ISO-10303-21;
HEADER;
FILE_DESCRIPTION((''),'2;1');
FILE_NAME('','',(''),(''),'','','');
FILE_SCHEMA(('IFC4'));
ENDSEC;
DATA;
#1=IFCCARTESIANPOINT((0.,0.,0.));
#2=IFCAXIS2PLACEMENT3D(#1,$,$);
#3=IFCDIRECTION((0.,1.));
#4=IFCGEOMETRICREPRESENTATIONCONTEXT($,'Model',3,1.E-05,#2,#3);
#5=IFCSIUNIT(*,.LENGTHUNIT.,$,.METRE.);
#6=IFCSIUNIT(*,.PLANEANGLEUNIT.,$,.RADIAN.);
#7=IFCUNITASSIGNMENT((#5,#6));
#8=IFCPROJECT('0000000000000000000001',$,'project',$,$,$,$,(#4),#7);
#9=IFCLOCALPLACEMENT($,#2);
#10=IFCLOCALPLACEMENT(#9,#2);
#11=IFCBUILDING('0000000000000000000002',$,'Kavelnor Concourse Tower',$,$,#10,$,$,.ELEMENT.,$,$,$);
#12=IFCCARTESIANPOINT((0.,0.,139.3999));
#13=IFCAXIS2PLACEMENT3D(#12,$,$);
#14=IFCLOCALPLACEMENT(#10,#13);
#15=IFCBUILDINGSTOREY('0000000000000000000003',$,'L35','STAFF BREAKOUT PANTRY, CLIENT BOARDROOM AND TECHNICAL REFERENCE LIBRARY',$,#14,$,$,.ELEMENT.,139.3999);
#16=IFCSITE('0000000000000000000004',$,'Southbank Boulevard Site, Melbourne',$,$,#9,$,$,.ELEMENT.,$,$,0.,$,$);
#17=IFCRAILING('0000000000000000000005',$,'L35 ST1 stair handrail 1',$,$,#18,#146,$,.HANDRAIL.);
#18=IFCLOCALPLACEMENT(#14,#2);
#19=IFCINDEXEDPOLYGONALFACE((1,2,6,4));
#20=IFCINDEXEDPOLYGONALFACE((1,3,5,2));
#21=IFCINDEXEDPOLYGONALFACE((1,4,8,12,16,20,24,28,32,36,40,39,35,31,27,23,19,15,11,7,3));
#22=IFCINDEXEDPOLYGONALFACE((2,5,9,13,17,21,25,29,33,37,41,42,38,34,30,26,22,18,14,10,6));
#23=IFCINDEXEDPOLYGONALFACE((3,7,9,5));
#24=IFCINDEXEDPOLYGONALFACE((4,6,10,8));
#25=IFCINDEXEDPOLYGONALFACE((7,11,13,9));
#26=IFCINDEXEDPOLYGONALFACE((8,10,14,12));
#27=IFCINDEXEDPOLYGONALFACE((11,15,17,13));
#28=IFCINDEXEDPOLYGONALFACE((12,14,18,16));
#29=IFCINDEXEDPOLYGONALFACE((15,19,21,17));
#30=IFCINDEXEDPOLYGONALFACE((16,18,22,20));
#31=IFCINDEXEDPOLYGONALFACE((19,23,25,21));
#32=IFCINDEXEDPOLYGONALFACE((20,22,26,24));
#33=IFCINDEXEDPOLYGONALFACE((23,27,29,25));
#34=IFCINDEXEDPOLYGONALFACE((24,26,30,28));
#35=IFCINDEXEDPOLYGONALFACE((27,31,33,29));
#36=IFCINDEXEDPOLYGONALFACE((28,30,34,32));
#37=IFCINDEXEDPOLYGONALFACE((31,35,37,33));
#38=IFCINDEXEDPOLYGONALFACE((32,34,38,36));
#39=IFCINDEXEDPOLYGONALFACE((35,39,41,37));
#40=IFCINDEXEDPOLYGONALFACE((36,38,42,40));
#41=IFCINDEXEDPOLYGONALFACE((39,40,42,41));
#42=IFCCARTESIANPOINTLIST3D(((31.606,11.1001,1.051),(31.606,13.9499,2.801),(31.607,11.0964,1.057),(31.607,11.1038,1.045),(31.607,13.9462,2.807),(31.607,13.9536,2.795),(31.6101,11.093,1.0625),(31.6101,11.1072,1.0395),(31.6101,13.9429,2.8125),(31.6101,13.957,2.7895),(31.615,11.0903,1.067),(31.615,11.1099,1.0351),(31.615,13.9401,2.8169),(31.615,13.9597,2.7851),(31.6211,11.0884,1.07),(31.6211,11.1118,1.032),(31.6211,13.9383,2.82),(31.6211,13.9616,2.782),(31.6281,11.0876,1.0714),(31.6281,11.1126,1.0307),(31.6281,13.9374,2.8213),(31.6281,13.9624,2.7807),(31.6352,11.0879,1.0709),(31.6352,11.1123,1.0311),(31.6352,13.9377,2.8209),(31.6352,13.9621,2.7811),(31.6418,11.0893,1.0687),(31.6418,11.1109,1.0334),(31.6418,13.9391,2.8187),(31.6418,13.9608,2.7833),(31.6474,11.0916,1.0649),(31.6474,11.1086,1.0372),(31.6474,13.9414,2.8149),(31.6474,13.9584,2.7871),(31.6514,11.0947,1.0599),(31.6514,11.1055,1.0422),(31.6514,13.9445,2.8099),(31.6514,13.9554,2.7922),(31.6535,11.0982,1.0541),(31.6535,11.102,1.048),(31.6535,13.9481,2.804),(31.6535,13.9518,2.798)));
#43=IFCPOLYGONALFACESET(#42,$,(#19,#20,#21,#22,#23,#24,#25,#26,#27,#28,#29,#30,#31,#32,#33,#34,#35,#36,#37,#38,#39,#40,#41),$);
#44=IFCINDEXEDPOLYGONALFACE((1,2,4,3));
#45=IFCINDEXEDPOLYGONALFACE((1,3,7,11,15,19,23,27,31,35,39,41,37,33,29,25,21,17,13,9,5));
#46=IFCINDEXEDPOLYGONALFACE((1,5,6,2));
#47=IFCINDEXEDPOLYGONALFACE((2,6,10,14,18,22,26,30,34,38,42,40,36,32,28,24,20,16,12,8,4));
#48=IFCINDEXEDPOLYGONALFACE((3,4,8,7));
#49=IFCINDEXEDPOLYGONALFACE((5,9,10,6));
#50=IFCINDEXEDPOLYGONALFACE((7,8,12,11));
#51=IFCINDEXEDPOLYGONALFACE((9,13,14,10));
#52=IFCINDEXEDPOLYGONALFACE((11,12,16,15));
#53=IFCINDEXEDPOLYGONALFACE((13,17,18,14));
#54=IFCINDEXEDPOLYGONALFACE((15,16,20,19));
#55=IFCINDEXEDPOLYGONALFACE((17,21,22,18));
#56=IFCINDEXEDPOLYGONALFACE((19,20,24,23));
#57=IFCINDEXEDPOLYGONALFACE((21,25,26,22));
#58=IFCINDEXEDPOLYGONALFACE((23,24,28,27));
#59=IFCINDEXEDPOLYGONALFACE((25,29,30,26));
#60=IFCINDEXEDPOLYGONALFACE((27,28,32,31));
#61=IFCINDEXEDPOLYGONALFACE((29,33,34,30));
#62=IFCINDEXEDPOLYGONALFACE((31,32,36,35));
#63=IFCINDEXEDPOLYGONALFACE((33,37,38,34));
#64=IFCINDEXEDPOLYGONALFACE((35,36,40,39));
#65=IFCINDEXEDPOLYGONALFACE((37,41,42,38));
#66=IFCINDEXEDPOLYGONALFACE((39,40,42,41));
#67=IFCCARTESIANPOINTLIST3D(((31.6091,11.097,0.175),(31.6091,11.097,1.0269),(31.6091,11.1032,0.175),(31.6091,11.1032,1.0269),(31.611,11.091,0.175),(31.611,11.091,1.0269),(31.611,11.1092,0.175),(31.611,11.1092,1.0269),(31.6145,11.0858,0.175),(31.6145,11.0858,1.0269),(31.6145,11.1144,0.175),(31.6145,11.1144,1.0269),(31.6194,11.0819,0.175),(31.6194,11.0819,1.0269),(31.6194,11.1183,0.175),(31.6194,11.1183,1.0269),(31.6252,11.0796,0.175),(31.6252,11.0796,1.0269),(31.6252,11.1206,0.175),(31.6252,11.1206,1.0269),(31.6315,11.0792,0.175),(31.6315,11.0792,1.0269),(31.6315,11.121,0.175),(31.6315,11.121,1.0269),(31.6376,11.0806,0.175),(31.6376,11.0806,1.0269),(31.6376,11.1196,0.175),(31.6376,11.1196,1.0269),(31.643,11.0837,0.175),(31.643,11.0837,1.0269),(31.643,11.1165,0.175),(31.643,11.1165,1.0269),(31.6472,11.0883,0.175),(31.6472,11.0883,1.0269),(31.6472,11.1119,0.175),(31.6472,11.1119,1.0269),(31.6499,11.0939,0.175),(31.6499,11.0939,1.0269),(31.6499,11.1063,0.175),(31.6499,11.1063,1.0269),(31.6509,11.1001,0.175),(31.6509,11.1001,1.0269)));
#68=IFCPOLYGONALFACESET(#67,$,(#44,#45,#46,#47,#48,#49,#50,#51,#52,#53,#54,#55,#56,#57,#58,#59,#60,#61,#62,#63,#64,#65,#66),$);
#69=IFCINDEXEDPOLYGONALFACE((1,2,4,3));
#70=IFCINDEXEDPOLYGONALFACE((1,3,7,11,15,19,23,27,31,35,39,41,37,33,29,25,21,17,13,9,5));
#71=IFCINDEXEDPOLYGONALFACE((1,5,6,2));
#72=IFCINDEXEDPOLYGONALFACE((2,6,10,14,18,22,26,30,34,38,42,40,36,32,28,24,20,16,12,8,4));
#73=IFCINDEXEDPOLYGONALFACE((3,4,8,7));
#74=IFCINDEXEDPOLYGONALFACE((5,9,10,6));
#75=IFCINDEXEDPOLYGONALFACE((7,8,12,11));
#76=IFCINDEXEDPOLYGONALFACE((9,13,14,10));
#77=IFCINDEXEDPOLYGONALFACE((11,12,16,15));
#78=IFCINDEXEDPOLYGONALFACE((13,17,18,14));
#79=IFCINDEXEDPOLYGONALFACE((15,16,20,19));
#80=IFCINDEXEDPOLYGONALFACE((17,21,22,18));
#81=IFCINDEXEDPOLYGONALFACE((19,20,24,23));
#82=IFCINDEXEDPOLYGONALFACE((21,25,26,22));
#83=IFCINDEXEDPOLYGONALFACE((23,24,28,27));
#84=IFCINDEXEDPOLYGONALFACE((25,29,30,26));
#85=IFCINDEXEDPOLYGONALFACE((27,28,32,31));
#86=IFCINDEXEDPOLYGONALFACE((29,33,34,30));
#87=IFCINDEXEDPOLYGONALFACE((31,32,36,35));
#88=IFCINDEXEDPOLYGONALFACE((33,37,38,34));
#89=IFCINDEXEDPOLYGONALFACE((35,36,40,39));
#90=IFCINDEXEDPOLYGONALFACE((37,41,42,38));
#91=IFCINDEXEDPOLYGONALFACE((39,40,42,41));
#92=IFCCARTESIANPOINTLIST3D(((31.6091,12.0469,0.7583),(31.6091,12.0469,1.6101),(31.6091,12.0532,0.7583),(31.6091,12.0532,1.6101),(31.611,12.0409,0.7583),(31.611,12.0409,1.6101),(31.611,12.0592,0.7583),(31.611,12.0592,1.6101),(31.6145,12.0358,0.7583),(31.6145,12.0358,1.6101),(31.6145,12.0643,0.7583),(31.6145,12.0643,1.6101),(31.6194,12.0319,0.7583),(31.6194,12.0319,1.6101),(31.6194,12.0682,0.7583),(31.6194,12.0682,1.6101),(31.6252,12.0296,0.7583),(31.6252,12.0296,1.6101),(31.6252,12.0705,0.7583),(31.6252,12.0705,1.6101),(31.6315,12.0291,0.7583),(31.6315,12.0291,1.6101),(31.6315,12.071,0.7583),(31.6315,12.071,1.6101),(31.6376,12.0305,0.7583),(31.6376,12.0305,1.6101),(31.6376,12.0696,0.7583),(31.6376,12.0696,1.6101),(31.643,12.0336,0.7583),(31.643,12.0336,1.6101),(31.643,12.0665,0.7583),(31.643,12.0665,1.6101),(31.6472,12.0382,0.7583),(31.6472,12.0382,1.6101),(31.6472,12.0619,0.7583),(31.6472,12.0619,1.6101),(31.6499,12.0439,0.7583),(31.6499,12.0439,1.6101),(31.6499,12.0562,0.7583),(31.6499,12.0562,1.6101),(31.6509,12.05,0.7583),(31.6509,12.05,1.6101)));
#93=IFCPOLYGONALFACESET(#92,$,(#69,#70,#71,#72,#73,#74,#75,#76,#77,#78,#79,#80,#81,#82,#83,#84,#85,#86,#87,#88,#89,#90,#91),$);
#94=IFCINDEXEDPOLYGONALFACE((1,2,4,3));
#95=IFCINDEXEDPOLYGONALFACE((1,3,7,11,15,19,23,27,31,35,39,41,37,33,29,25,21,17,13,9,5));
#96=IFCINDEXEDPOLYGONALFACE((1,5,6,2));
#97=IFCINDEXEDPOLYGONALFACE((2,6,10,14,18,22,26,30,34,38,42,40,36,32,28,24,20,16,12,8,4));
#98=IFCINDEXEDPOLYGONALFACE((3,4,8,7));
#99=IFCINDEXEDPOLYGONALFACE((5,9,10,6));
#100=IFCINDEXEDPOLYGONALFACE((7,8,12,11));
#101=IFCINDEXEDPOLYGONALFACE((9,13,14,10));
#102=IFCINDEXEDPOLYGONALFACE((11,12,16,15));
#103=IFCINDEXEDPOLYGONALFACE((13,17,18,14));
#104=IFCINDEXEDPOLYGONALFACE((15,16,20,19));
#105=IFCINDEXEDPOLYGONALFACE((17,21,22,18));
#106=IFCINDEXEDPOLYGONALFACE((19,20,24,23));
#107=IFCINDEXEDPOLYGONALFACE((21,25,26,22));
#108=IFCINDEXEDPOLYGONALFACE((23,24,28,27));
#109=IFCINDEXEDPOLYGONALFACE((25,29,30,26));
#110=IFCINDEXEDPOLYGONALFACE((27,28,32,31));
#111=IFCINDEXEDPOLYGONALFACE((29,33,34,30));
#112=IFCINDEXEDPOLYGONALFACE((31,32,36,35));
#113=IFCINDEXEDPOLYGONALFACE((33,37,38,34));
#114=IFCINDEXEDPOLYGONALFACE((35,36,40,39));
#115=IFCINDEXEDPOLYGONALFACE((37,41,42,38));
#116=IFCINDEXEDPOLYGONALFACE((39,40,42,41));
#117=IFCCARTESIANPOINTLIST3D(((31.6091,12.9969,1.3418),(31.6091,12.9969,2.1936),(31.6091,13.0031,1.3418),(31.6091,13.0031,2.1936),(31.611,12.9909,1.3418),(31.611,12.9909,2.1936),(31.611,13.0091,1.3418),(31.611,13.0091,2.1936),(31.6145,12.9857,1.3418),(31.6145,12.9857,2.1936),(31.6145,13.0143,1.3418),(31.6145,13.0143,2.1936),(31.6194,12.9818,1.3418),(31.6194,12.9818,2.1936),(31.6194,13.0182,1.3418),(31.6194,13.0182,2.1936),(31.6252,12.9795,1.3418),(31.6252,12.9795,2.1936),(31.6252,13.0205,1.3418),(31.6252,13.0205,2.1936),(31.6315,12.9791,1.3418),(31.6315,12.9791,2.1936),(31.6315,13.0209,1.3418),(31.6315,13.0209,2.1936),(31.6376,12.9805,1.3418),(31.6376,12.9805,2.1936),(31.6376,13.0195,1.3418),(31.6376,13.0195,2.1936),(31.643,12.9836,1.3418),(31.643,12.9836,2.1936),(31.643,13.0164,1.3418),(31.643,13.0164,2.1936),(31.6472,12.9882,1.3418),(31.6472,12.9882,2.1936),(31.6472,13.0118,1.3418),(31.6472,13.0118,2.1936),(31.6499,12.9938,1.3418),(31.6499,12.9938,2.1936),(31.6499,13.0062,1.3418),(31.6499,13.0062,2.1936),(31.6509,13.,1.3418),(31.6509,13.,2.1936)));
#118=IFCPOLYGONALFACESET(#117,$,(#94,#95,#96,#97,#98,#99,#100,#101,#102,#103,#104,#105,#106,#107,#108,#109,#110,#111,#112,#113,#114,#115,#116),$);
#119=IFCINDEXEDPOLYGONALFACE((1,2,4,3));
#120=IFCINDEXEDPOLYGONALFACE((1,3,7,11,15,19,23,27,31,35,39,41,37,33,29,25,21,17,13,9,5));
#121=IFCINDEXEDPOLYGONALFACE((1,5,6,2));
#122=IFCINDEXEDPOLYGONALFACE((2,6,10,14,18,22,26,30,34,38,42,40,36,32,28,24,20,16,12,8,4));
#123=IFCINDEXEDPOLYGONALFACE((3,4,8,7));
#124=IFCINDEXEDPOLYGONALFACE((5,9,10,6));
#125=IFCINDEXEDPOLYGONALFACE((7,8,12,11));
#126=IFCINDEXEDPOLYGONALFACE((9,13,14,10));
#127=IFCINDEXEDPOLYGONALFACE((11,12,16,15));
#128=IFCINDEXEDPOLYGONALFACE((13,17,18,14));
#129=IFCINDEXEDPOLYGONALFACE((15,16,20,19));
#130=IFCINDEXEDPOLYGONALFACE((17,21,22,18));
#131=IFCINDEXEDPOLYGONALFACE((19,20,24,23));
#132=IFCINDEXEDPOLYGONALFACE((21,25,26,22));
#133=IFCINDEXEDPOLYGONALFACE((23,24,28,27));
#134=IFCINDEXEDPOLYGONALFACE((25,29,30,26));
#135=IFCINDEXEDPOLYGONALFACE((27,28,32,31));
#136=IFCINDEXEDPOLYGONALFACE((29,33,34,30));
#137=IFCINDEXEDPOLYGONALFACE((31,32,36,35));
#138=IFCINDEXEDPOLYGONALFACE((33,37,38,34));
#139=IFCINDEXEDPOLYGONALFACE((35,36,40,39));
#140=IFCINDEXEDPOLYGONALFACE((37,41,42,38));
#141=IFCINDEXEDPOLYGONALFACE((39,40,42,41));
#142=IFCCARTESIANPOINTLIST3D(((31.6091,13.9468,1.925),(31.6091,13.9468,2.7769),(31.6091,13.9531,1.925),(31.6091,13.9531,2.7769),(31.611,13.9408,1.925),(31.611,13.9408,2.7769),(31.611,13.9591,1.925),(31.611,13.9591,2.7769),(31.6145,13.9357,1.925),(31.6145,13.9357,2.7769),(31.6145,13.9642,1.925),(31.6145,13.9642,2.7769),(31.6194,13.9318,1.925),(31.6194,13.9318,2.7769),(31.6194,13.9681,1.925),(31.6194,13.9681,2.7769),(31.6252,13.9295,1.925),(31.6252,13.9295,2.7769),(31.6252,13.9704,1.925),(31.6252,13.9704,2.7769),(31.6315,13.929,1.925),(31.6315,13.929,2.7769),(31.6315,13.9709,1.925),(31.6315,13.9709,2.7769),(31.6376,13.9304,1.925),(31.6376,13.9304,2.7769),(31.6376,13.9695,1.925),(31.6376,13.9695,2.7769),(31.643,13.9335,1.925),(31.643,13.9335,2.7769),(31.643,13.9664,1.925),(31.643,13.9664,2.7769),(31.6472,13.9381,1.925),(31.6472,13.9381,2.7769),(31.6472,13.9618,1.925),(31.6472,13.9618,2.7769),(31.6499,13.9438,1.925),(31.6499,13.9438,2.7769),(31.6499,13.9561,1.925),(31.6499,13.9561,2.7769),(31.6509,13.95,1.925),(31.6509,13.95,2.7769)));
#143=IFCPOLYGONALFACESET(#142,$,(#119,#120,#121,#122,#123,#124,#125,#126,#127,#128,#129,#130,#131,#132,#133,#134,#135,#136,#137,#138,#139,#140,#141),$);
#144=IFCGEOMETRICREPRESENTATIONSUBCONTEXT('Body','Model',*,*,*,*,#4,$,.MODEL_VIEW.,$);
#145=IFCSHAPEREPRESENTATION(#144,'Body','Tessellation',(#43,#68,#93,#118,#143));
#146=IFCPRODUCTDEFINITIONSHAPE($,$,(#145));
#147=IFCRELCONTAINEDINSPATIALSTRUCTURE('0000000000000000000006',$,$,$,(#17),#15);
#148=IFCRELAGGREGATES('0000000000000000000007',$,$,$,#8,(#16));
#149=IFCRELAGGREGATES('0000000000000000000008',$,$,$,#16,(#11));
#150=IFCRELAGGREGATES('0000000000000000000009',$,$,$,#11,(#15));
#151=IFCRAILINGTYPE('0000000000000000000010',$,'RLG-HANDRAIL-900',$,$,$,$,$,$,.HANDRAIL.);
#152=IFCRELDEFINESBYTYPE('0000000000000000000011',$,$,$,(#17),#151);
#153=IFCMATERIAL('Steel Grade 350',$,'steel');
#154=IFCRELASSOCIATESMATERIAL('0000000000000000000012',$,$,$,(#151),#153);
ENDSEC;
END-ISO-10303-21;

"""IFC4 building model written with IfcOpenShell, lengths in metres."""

from ifc_helpers import new_model, si_unit, direction, frame, origin, origin_2d, place, context, subcontext, project, spatial, circle, extrude, material, type_object, element, save


model = new_model("IFC4")

# Units and contexts
model_context = context("Model", 3, precision=1e-05, world=origin(), true_north=direction((0.0, 1.0)))
body_context = subcontext(model_context, "Body", "Model", "MODEL_VIEW")
ifc_project = project(units=[si_unit("LENGTHUNIT", "METRE"), si_unit("PLANEANGLEUNIT", "RADIAN")], contexts=[model_context])

# Site, building, storey
site_placement = place(None, origin())
site = spatial("IfcSite", under=ifc_project, at=site_placement, Name="Southbank Boulevard Site, Melbourne", CompositionType="ELEMENT", RefElevation=0.0)
building_placement = place(site_placement, origin())
building = spatial("IfcBuilding", under=site, at=building_placement, Name="Kavelnor Concourse Tower", CompositionType="ELEMENT")
storey_placement = place(building_placement, frame((0.0, 0.0, 139.3999)))
storey = spatial("IfcBuildingStorey", under=building, at=storey_placement, Name="L35", Description="STAFF BREAKOUT PANTRY, CLIENT BOARDROOM AND TECHNICAL REFERENCE LIBRARY", CompositionType="ELEMENT", Elevation=139.3999)

# Shared definitions
ifc_material_1 = material(Name="Steel Grade 350", Category="steel")

# Railing
railing_type_1 = type_object("IfcRailingType", Name="RLG-HANDRAIL-900", PredefinedType="HANDRAIL", material=ifc_material_1)
railing_1_placement = place(storey_placement, frame((31.6299, 11.1001, 0.175)))
element("IfcRailing", 1, at=railing_1_placement, inside=storey, type_object=railing_type_1, Name="L35 ST1 stair handrail 1", PredefinedType="HANDRAIL", context=body_context, shape_type="SweptSolid", body=[
    extrude(circle(Radius=0.0239, at=origin_2d()), frame((0.0, 0.0, 0.876), z_axis=(0.0, 0.852159, 0.523283), x_axis=(-1.0, 0.0, 0.0)), (0.0, 0.0, 1.0), 3.3442),
    extrude(circle(Radius=0.021, at=origin_2d()), origin(), (0.0, 0.0, 1.0), 0.8518),
    extrude(circle(Radius=0.021, at=origin_2d()), frame((0.0, 0.95, 0.5833)), (0.0, 0.0, 1.0), 0.8518),
    extrude(circle(Radius=0.021, at=origin_2d()), frame((0.0, 1.8999, 1.1667)), (0.0, 0.0, 1.0), 0.8518),
    extrude(circle(Radius=0.021, at=origin_2d()), frame((0.0, 2.8499, 1.75)), (0.0, 0.0, 1.0), 0.8518),
])

save(model, "model.ifc")
